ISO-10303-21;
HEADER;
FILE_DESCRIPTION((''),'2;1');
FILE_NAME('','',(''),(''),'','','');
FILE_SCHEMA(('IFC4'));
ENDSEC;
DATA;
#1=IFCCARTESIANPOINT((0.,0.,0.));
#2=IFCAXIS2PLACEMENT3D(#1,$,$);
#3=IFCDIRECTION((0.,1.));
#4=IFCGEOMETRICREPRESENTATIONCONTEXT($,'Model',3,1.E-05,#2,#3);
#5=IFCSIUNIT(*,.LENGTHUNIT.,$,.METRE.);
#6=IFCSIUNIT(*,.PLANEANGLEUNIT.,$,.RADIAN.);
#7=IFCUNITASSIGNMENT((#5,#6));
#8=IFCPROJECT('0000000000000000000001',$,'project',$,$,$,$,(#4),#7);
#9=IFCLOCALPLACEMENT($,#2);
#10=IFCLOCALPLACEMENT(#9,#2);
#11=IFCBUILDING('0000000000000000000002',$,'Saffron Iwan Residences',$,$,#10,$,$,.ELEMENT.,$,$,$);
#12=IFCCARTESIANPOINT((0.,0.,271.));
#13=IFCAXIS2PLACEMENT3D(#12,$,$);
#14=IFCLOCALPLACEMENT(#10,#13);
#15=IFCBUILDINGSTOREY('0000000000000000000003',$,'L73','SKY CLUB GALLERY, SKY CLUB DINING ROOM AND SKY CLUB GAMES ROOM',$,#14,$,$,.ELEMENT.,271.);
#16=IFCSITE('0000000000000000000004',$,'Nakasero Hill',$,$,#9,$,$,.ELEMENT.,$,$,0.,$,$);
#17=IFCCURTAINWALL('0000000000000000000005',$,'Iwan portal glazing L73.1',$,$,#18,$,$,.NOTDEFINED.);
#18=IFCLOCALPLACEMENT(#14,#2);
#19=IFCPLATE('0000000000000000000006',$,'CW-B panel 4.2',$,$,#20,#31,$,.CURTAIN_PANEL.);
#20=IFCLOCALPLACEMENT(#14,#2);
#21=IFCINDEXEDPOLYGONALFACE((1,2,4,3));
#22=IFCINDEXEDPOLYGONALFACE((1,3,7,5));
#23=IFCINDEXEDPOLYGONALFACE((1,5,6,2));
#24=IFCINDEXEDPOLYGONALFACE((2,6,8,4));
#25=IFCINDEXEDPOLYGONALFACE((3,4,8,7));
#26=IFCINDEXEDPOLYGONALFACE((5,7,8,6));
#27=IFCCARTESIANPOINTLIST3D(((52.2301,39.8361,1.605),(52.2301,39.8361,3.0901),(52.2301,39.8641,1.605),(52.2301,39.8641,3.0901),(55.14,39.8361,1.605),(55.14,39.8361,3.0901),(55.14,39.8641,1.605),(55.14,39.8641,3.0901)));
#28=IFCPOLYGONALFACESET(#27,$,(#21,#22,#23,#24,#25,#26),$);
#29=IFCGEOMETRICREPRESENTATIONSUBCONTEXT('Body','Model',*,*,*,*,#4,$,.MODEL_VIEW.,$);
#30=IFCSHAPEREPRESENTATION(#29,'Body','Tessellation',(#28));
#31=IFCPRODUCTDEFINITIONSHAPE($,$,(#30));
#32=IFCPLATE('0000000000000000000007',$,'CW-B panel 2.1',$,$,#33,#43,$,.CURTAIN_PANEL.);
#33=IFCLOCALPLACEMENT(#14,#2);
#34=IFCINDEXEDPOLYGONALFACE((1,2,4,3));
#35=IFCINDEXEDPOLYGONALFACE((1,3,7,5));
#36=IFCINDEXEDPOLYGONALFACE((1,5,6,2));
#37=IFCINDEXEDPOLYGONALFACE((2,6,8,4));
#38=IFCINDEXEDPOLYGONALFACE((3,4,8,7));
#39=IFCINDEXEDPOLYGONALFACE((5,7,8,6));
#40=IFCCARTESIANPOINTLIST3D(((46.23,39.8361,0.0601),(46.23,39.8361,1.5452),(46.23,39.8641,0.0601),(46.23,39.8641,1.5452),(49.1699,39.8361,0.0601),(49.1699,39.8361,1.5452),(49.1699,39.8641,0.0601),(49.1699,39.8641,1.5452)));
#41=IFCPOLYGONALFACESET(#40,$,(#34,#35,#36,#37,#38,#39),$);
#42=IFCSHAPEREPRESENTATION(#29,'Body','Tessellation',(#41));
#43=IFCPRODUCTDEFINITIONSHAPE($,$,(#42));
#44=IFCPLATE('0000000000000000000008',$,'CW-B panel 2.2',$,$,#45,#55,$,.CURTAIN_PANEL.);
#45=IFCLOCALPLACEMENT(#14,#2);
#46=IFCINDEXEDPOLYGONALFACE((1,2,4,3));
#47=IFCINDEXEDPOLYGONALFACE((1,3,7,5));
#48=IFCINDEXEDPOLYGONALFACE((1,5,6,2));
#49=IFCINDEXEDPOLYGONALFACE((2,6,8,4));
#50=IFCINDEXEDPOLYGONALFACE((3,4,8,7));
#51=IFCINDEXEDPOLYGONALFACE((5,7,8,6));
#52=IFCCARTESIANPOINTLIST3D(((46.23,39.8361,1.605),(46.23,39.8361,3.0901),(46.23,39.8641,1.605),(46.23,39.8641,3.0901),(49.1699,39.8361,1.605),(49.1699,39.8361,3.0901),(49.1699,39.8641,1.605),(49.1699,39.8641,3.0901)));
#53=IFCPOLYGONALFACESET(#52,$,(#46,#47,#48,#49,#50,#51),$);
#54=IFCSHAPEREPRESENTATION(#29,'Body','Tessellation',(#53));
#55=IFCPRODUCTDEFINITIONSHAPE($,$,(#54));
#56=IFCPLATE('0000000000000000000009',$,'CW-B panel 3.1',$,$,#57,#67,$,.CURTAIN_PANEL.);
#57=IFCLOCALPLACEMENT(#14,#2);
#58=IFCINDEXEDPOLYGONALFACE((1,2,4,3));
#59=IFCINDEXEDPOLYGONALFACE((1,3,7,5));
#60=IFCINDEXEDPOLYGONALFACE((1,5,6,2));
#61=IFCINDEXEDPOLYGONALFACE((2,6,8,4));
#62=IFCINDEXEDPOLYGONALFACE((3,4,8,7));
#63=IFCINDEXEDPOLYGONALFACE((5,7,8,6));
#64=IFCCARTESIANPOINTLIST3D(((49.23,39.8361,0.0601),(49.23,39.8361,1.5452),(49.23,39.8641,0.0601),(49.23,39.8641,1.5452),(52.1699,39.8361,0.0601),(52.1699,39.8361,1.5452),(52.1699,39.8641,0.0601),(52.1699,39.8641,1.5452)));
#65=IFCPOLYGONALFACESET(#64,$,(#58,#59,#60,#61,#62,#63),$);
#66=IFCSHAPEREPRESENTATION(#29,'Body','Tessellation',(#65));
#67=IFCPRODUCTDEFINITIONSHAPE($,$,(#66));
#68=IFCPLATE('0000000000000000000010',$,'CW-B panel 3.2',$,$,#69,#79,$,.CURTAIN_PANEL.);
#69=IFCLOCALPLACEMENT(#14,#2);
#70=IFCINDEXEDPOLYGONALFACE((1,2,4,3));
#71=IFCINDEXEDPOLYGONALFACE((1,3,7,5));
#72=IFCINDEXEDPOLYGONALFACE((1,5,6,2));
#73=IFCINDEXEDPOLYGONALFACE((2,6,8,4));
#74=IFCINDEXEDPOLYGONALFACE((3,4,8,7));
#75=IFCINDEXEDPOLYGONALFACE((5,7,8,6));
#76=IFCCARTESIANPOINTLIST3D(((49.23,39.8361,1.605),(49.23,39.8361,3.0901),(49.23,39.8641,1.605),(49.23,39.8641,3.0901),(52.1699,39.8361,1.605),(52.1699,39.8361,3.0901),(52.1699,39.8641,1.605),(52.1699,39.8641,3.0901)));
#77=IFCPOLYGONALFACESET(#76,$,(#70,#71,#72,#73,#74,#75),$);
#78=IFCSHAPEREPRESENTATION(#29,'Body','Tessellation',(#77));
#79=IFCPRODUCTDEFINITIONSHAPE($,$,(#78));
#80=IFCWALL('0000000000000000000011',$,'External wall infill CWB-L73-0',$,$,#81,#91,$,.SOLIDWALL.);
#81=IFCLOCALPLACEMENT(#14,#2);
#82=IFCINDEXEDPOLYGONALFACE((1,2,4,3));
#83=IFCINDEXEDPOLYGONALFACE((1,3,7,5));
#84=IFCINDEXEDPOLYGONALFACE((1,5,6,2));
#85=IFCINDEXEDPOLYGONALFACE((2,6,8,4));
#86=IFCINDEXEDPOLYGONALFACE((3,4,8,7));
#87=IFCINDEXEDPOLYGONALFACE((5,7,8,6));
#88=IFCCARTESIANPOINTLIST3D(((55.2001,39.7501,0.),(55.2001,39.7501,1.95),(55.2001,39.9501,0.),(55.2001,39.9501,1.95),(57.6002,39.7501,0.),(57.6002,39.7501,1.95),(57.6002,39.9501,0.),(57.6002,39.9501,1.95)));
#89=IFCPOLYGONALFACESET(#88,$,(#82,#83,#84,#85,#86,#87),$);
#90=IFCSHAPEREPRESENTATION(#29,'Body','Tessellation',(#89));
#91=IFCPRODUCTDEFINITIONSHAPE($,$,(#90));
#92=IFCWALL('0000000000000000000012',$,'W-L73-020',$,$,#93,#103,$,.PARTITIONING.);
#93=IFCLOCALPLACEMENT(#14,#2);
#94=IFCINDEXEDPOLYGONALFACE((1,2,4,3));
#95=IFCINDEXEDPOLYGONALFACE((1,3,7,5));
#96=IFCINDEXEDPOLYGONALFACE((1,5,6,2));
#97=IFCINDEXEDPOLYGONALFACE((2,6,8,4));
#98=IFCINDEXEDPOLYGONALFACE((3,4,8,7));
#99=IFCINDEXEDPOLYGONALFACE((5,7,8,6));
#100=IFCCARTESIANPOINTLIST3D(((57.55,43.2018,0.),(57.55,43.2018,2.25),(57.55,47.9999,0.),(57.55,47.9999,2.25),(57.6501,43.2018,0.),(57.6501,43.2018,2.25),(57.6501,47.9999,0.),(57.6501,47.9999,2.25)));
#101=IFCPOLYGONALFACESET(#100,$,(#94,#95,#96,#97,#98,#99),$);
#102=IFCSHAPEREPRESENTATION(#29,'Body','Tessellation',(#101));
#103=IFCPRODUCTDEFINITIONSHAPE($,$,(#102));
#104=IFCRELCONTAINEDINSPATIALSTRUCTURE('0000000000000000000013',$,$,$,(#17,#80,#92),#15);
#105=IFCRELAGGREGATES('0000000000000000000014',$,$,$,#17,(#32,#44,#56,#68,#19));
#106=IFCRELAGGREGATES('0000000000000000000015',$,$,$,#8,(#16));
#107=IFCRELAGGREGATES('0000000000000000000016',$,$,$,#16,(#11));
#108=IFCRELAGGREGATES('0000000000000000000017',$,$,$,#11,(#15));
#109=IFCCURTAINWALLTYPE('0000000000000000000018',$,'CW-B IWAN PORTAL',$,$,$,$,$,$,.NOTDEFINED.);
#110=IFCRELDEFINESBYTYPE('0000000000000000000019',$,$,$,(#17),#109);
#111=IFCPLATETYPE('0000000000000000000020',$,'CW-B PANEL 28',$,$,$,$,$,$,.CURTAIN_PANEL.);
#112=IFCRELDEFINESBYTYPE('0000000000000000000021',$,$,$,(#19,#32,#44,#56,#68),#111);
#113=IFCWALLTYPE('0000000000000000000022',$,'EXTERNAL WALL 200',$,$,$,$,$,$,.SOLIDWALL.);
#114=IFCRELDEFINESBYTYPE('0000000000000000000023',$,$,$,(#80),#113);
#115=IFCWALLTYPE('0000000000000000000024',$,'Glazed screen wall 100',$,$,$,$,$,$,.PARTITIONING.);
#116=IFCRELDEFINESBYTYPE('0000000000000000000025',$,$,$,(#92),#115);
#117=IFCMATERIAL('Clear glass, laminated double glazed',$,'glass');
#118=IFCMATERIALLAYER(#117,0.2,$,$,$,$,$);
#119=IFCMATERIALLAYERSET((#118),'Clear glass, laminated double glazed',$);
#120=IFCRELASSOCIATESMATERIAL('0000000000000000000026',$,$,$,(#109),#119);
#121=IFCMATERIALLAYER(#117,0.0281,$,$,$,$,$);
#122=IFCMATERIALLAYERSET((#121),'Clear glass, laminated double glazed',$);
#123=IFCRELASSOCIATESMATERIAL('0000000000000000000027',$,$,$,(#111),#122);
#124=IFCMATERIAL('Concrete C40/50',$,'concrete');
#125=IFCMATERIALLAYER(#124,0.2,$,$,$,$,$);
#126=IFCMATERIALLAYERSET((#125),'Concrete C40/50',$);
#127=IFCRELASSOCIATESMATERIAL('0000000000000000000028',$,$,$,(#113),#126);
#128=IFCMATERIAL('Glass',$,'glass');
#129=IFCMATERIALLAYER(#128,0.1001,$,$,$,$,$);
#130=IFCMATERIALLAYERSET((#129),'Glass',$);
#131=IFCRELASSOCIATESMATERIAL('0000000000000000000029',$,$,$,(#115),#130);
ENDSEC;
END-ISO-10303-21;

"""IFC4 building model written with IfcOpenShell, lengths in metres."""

from ifc_helpers import new_model, si_unit, direction, frame, frame_2d, origin, origin_2d, place, context, subcontext, project, spatial, rectangle, extrude, source, transform, mapped, material, layer, layer_set, type_object, element, aggregate, save


model = new_model("IFC4")

# Units and contexts
model_context = context("Model", 3, precision=1e-05, world=origin(), true_north=direction((0.0, 1.0)))
body_context = subcontext(model_context, "Body", "Model", "MODEL_VIEW")
ifc_project = project(units=[si_unit("LENGTHUNIT", "METRE"), si_unit("PLANEANGLEUNIT", "RADIAN")], contexts=[model_context])

# Site, building, storey
site_placement = place(None, origin())
site = spatial("IfcSite", under=ifc_project, at=site_placement, Name="Nakasero Hill", CompositionType="ELEMENT", RefElevation=0.0)
building_placement = place(site_placement, origin())
building = spatial("IfcBuilding", under=site, at=building_placement, Name="Saffron Iwan Residences", CompositionType="ELEMENT")
storey_placement = place(building_placement, frame((0.0, 0.0, 271.0)))
storey = spatial("IfcBuildingStorey", under=building, at=storey_placement, Name="L73", Description="SKY CLUB GALLERY, SKY CLUB DINING ROOM AND SKY CLUB GAMES ROOM", CompositionType="ELEMENT", Elevation=271.0)

# Shared definitions
ifc_material_1 = material(Name="Concrete C40/50", Category="concrete")

# Curtain wall, plates
ifc_material_2 = material(Name="Clear glass, laminated double glazed", Category="glass")
ifc_layer_1 = layer(ifc_material_2, 0.2)
ifc_layer_set_1 = layer_set([ifc_layer_1], Name="Clear glass, laminated double glazed")
curtain_wall_type = type_object("IfcCurtainWallType", Name="CW-B IWAN PORTAL", PredefinedType="NOTDEFINED", material=ifc_layer_set_1)
curtain_wall_placement = place(storey_placement, origin())
curtain_wall = element("IfcCurtainWall", 1, at=curtain_wall_placement, inside=storey, type_object=curtain_wall_type, Name="Iwan portal glazing L73.1", PredefinedType="NOTDEFINED")
ifc_layer_2 = layer(ifc_material_2, 0.0281)
ifc_layer_set_2 = layer_set([ifc_layer_2], Name="Clear glass, laminated double glazed")
plate_type = type_object("IfcPlateType", Name="CW-B PANEL 28", PredefinedType="CURTAIN_PANEL", material=ifc_layer_set_2)
shared_shape_1 = source(origin(), body_context, "Body", "SweptSolid", [
    extrude(rectangle(XDim=2.9099, YDim=0.0281, at=origin_2d()), origin(), (0.0, 0.0, 1.0), 1.4851),
])
plate_1_placement = place(storey_placement, frame((53.6851, 39.8501, 1.605), z_axis=(0.0, 0.0, 1.0), x_axis=(1.0, 0.0, 0.0)))
plate_1 = element("IfcPlate", 2, at=plate_1_placement, type_object=plate_type, Name="CW-B panel 4.2", PredefinedType="CURTAIN_PANEL", context=body_context, shape_type="MappedRepresentation", body=[
    mapped(shared_shape_1, transform((0.0, 0.0, 0.0))),
])
shared_shape_2 = source(origin(), body_context, "Body", "SweptSolid", [
    extrude(rectangle(XDim=2.9399, YDim=0.0281, at=origin_2d()), origin(), (0.0, 0.0, 1.0), 1.4851),
])
plate_2_placement = place(storey_placement, frame((47.7, 39.8501, 0.0601), z_axis=(0.0, 0.0, 1.0), x_axis=(1.0, 0.0, 0.0)))
plate_2 = element("IfcPlate", 3, at=plate_2_placement, type_object=plate_type, Name="CW-B panel 2.1", PredefinedType="CURTAIN_PANEL", context=body_context, shape_type="MappedRepresentation", body=[
    mapped(shared_shape_2, transform((0.0, 0.0, 0.0))),
])
plate_3_placement = place(storey_placement, frame((47.7, 39.8501, 1.605), z_axis=(0.0, 0.0, 1.0), x_axis=(1.0, 0.0, 0.0)))
plate_3 = element("IfcPlate", 4, at=plate_3_placement, type_object=plate_type, Name="CW-B panel 2.2", PredefinedType="CURTAIN_PANEL", context=body_context, shape_type="MappedRepresentation", body=[
    mapped(shared_shape_2, transform((0.0, 0.0, 0.0))),
])
plate_4_placement = place(storey_placement, frame((50.7, 39.8501, 0.0601), z_axis=(0.0, 0.0, 1.0), x_axis=(1.0, 0.0, 0.0)))
plate_4 = element("IfcPlate", 5, at=plate_4_placement, type_object=plate_type, Name="CW-B panel 3.1", PredefinedType="CURTAIN_PANEL", context=body_context, shape_type="MappedRepresentation", body=[
    mapped(shared_shape_2, transform((0.0, 0.0, 0.0))),
])
plate_5_placement = place(storey_placement, frame((50.7, 39.8501, 1.605), z_axis=(0.0, 0.0, 1.0), x_axis=(1.0, 0.0, 0.0)))
plate_5 = element("IfcPlate", 6, at=plate_5_placement, type_object=plate_type, Name="CW-B panel 3.2", PredefinedType="CURTAIN_PANEL", context=body_context, shape_type="MappedRepresentation", body=[
    mapped(shared_shape_2, transform((0.0, 0.0, 0.0))),
])
aggregate(curtain_wall, [plate_2, plate_3, plate_4, plate_5, plate_1])

# Walls
ifc_layer_3 = layer(ifc_material_1, 0.2)
ifc_layer_set_3 = layer_set([ifc_layer_3], Name="Concrete C40/50")
wall_type_1 = type_object("IfcWallType", Name="EXTERNAL WALL 200", PredefinedType="SOLIDWALL", material=ifc_layer_set_3)
wall_1_placement = place(storey_placement, frame((55.2, 39.8501, 0.0), z_axis=(0.0, 0.0, 1.0), x_axis=(1.0, 0.0, 0.0)))
element("IfcWall", 7, at=wall_1_placement, inside=storey, type_object=wall_type_1, Name="External wall infill CWB-L73-0", PredefinedType="SOLIDWALL", context=body_context, shape_type="SweptSolid", body=[
    extrude(rectangle(XDim=2.4001, YDim=0.2, at=frame_2d((1.2002, 0.0))), origin(), (0.0, 0.0, 1.0), 1.95),
])
ifc_material_3 = material(Name="Glass", Category="glass")
ifc_layer_4 = layer(ifc_material_3, 0.1001)
ifc_layer_set_4 = layer_set([ifc_layer_4], Name="Glass")
wall_type_2 = type_object("IfcWallType", Name="Glazed screen wall 100", PredefinedType="PARTITIONING", material=ifc_layer_set_4)
wall_2_placement = place(storey_placement, frame((57.6001, 43.2019, 0.0), z_axis=(0.0, 0.0, 1.0), x_axis=(0.0, 1.0, 0.0)))
element("IfcWall", 8, at=wall_2_placement, inside=storey, type_object=wall_type_2, Name="W-L73-020", PredefinedType="PARTITIONING", context=body_context, shape_type="SweptSolid", body=[
    extrude(rectangle(XDim=4.7981, YDim=0.1001, at=frame_2d((2.3989, 0.0))), origin(), (0.0, 0.0, 1.0), 2.25),
])

save(model, "model.ifc")
